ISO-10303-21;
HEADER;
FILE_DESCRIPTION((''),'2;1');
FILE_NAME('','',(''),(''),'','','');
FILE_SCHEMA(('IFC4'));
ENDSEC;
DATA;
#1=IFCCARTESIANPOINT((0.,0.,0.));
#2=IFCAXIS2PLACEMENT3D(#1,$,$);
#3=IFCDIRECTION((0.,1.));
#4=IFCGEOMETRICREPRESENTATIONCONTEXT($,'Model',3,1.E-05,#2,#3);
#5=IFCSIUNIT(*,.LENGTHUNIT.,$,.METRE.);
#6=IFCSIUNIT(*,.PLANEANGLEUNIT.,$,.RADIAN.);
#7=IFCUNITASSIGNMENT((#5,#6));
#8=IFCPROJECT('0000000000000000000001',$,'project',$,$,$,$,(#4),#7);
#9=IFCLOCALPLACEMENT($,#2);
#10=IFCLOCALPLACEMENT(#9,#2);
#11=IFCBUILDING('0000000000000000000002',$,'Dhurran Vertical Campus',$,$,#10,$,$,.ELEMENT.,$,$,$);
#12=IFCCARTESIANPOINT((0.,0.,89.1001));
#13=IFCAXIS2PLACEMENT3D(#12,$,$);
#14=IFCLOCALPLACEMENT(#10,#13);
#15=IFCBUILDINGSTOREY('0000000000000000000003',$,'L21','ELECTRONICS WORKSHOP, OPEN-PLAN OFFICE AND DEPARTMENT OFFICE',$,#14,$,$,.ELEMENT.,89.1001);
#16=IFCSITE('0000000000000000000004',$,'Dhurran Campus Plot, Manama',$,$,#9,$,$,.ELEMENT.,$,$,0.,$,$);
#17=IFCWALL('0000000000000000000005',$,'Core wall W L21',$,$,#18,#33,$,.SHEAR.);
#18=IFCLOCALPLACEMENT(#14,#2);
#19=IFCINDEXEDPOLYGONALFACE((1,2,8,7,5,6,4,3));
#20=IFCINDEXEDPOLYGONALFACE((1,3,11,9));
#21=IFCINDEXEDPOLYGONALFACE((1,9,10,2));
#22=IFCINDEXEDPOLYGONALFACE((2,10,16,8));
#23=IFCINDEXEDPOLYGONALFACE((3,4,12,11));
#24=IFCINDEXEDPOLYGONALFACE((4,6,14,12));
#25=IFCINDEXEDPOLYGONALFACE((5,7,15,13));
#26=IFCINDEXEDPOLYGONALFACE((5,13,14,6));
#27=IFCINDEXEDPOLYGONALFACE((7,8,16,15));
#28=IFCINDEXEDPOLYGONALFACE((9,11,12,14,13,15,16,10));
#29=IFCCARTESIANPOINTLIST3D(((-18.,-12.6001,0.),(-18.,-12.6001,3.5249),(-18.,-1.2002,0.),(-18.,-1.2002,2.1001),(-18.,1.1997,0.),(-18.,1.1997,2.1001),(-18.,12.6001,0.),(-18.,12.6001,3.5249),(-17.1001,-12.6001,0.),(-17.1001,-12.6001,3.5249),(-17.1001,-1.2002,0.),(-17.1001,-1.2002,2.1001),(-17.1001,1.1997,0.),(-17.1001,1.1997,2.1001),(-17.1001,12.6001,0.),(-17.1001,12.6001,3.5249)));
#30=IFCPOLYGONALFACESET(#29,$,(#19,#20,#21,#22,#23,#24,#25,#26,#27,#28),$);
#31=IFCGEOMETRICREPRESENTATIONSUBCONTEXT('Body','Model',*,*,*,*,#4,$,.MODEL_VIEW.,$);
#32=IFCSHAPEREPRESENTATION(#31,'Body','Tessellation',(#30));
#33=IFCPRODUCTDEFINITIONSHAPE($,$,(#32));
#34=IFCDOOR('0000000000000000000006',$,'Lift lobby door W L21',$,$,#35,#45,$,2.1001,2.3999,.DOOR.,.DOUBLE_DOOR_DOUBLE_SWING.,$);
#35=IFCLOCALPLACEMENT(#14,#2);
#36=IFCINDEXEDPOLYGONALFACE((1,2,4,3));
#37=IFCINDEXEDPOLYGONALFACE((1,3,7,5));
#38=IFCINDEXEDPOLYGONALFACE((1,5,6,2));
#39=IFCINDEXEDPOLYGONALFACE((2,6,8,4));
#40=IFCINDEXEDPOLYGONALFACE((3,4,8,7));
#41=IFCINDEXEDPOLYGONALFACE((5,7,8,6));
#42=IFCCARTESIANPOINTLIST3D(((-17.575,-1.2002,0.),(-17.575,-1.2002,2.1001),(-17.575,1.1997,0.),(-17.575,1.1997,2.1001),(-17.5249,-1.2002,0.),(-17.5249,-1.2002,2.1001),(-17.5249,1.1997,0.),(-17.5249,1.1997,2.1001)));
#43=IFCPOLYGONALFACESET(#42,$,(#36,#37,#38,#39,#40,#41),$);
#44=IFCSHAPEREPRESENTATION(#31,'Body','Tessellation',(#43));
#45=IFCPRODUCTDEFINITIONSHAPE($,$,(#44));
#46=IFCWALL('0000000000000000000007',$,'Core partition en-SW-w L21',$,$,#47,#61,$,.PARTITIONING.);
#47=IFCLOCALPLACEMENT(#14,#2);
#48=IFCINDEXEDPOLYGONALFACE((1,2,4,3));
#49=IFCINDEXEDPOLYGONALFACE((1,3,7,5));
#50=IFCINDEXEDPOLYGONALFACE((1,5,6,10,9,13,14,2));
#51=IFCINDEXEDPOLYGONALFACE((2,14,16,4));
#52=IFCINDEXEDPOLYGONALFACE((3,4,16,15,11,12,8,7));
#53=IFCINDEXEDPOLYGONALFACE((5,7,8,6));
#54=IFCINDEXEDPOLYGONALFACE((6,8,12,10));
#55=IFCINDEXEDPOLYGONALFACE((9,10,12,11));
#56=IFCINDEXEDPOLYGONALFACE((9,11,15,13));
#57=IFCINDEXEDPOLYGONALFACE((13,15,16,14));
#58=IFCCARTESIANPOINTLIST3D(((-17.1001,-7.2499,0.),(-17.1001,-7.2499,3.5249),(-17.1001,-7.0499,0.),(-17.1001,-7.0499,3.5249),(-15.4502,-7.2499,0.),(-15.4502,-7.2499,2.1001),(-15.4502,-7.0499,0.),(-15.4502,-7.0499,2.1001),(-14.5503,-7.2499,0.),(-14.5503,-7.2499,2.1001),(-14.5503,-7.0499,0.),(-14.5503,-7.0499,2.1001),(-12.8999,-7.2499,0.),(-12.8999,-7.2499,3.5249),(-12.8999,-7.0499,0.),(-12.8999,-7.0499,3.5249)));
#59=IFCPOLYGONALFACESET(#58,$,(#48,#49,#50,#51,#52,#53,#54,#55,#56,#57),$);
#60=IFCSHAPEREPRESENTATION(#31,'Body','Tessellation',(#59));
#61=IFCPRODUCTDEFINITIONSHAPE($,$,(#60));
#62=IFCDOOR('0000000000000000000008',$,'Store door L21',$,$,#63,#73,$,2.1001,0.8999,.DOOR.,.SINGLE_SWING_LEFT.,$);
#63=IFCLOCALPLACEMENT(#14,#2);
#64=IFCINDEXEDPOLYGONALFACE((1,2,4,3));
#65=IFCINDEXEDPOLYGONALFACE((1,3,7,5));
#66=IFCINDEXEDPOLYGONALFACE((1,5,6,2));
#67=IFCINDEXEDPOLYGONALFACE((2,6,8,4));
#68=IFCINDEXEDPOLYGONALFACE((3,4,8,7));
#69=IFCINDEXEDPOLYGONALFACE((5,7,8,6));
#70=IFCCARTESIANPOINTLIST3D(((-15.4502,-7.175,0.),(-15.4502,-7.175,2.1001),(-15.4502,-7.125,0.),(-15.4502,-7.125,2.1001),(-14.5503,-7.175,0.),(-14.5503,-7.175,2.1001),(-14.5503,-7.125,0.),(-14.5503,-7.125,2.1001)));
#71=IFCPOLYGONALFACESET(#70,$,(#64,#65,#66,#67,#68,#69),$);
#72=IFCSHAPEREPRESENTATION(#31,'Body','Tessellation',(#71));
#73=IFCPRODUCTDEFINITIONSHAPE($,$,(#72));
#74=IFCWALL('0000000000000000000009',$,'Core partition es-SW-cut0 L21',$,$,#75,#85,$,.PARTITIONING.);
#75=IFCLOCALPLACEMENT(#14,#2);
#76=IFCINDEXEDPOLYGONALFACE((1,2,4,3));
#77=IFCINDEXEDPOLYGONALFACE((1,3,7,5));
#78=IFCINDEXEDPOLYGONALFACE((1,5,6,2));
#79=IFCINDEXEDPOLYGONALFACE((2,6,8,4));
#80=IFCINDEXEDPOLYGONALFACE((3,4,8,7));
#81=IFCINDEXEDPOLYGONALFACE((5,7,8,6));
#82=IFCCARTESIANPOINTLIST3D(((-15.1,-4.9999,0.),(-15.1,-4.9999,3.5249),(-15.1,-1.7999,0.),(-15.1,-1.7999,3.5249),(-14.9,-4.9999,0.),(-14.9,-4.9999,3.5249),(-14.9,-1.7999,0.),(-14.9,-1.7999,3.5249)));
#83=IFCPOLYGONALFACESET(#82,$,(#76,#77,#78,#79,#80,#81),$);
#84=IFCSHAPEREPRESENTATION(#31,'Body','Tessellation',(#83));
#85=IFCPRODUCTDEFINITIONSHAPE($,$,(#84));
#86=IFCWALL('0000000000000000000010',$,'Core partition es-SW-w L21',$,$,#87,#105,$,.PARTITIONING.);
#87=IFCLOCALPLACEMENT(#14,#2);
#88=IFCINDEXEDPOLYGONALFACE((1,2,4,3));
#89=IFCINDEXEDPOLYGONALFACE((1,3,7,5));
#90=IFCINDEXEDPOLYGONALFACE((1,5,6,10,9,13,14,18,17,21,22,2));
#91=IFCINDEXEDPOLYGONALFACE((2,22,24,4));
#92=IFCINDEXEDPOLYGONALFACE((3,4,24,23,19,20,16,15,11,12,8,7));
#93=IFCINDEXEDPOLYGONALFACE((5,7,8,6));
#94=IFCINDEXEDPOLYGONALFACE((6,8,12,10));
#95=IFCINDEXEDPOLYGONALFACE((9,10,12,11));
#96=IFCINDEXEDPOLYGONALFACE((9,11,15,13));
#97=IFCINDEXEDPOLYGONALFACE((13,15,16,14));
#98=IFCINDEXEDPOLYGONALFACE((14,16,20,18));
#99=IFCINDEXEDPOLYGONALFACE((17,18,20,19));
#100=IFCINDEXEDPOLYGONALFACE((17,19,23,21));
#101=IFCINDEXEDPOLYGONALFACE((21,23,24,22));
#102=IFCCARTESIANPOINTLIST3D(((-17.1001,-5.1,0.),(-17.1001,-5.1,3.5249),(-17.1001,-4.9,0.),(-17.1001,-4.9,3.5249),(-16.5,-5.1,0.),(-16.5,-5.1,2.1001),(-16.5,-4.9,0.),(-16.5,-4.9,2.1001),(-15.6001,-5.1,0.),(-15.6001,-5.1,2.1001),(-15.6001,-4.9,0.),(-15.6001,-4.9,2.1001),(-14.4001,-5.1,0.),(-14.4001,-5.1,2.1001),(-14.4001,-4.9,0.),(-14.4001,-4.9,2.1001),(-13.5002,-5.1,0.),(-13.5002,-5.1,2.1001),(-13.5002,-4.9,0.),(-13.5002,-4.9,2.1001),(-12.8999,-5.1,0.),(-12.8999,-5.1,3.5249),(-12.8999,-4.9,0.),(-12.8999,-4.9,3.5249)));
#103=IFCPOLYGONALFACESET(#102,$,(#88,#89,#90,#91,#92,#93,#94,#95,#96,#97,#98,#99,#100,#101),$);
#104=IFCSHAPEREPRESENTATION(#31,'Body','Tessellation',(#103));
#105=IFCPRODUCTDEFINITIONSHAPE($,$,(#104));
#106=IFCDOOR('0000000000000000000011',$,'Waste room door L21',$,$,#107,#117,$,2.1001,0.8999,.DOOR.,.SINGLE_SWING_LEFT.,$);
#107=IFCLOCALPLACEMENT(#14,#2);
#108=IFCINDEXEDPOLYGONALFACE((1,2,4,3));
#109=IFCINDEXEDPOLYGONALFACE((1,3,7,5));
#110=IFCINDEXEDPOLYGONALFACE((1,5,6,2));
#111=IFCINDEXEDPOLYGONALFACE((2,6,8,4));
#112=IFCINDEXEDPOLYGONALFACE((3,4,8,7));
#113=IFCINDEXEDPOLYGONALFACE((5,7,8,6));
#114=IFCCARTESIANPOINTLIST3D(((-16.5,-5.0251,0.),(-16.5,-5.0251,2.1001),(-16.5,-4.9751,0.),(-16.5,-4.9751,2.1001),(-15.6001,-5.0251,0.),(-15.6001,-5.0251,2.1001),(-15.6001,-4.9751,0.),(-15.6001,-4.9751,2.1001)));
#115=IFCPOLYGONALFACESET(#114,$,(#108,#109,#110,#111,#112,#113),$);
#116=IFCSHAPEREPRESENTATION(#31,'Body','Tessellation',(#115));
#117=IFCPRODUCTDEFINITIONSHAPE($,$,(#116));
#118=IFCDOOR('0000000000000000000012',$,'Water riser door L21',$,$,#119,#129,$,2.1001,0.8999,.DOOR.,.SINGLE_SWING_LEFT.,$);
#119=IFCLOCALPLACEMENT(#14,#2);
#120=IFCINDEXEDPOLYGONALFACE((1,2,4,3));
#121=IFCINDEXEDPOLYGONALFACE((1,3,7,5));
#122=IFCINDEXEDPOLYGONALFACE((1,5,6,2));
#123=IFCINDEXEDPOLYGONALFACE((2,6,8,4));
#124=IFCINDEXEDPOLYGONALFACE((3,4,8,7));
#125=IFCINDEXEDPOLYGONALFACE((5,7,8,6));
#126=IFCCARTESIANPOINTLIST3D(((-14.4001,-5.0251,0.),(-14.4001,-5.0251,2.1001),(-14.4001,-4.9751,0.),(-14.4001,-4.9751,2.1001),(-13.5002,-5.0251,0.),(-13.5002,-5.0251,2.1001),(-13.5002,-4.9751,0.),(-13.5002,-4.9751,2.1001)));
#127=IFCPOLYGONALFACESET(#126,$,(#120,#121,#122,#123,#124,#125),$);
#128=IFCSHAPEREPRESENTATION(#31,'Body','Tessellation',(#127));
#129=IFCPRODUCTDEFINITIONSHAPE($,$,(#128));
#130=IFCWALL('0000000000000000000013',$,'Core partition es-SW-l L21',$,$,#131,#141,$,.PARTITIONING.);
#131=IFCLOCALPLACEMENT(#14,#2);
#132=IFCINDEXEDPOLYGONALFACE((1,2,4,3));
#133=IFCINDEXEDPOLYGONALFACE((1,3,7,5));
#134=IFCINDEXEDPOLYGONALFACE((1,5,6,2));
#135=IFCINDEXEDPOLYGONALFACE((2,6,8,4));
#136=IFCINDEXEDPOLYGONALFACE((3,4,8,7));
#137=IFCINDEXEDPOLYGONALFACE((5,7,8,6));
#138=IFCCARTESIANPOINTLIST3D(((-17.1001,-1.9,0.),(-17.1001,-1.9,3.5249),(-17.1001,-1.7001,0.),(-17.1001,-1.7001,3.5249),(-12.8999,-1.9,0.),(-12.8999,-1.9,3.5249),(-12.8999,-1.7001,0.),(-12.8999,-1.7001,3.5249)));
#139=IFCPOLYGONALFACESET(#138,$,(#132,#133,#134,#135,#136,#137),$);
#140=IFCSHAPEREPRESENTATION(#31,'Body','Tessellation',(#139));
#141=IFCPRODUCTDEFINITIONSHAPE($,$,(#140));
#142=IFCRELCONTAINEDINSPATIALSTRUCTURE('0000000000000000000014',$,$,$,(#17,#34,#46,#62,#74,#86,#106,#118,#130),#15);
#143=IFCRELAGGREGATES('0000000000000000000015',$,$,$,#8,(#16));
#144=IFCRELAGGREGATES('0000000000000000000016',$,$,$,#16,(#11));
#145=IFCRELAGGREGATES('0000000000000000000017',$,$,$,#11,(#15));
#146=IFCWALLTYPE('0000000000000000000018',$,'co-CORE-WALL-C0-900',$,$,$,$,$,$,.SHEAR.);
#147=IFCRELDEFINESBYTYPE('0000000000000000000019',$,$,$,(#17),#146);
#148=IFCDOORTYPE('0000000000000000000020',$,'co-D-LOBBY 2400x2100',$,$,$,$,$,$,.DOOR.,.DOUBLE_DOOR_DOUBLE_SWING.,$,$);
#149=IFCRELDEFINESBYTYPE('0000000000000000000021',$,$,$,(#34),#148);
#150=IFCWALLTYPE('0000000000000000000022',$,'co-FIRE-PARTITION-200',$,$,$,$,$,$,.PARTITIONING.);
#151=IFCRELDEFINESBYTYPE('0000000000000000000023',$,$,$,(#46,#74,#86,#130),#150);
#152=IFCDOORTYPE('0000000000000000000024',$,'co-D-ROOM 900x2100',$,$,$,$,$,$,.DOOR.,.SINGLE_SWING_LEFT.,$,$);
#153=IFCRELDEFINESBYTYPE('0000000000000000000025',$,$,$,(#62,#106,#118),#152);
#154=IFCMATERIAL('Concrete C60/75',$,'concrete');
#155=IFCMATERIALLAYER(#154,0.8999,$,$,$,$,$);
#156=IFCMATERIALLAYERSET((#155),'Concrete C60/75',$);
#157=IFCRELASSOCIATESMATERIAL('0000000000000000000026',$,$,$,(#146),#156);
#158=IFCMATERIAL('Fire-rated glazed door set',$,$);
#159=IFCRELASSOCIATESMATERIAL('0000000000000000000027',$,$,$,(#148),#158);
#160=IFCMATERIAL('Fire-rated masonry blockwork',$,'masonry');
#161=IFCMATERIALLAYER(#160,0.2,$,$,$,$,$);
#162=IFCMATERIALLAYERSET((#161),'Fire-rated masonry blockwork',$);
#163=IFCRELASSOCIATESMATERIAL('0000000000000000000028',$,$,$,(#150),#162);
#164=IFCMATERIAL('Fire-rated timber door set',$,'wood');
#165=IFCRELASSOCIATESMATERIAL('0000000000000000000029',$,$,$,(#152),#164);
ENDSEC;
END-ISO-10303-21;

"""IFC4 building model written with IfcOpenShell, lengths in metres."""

from ifc_helpers import new_model, si_unit, direction, frame, frame_2d, origin, place, context, subcontext, project, spatial, rectangle, extrude, material, layer, layer_set, type_object, element, fill, save


model = new_model("IFC4")

# Units and contexts
model_context = context("Model", 3, precision=1e-05, world=origin(), true_north=direction((0.0, 1.0)))
body_context = subcontext(model_context, "Body", "Model", "MODEL_VIEW")
ifc_project = project(units=[si_unit("LENGTHUNIT", "METRE"), si_unit("PLANEANGLEUNIT", "RADIAN")], contexts=[model_context])

# Site, building, storey
site_placement = place(None, origin())
site = spatial("IfcSite", under=ifc_project, at=site_placement, Name="Dhurran Campus Plot, Manama", CompositionType="ELEMENT", RefElevation=0.0)
building_placement = place(site_placement, origin())
building = spatial("IfcBuilding", under=site, at=building_placement, Name="Dhurran Vertical Campus", CompositionType="ELEMENT")
storey_placement = place(building_placement, frame((0.0, 0.0, 89.1001)))
storey = spatial("IfcBuildingStorey", under=building, at=storey_placement, Name="L21", Description="ELECTRONICS WORKSHOP, OPEN-PLAN OFFICE AND DEPARTMENT OFFICE", CompositionType="ELEMENT", Elevation=89.1001)

# Walls, openings, doors
ifc_material_1 = material(Name="Concrete C60/75", Category="concrete")
ifc_layer_1 = layer(ifc_material_1, 0.8999)
ifc_layer_set_1 = layer_set([ifc_layer_1], Name="Concrete C60/75")
wall_type_1 = type_object("IfcWallType", Name="co-CORE-WALL-C0-900", PredefinedType="SHEAR", material=ifc_layer_set_1)
wall_1_placement = place(storey_placement, frame((-17.55, -12.6001, 0.0), z_axis=(0.0, 0.0, 1.0), x_axis=(0.0, 1.0, 0.0)))
wall_1 = element("IfcWall", 1, at=wall_1_placement, inside=storey, type_object=wall_type_1, Name="Core wall W L21", PredefinedType="SHEAR", context=body_context, shape_type="SweptSolid", body=[
    extrude(rectangle(XDim=25.2002, YDim=0.8999, at=frame_2d((12.6001, 0.0))), origin(), (0.0, 0.0, 1.0), 3.5249),
])
opening_1_placement = place(wall_1_placement, frame((11.3999, 0.0, 0.0)))
opening_1 = element("IfcOpeningElement", 2, at=opening_1_placement, cuts=wall_1, PredefinedType="OPENING", context=body_context, shape_type="SweptSolid", body=[
    extrude(rectangle(XDim=2.3999, YDim=2.1001, at=frame_2d((1.2, 1.05))), frame((0.0, 0.46, 0.0), z_axis=(0.0, -1.0, 0.0), x_axis=(1.0, 0.0, 0.0)), (0.0, 0.0, 1.0), 0.9199),
])
ifc_material_2 = material(Name="Fire-rated glazed door set")
door_type_1 = type_object("IfcDoorType", Name="co-D-LOBBY 2400x2100", OperationType="DOUBLE_DOOR_DOUBLE_SWING", PredefinedType="DOOR", material=ifc_material_2)
door_1_placement = place(opening_1_placement, origin())
door_1 = element("IfcDoor", 3, at=door_1_placement, inside=storey, type_object=door_type_1, Name="Lift lobby door W L21", OperationType="DOUBLE_DOOR_DOUBLE_SWING", OverallHeight=2.1001, OverallWidth=2.3999, PredefinedType="DOOR", context=body_context, shape_type="SweptSolid", body=[
    extrude(rectangle(XDim=2.3999, YDim=2.1001, at=frame_2d((1.2, 1.05))), frame((0.0, 0.0249, 0.0), z_axis=(0.0, -1.0, 0.0), x_axis=(1.0, 0.0, 0.0)), (0.0, 0.0, 1.0), 0.05),
])
fill(opening_1, door_1)
ifc_material_3 = material(Name="Fire-rated masonry blockwork", Category="masonry")
ifc_layer_2 = layer(ifc_material_3, 0.2)
ifc_layer_set_2 = layer_set([ifc_layer_2], Name="Fire-rated masonry blockwork")
wall_type_2 = type_object("IfcWallType", Name="co-FIRE-PARTITION-200", PredefinedType="PARTITIONING", material=ifc_layer_set_2)
wall_2_placement = place(storey_placement, frame((-17.1001, -7.1499, 0.0), z_axis=(0.0, 0.0, 1.0), x_axis=(1.0, 0.0, 0.0)))
wall_2 = element("IfcWall", 4, at=wall_2_placement, inside=storey, type_object=wall_type_2, Name="Core partition en-SW-w L21", PredefinedType="PARTITIONING", context=body_context, shape_type="SweptSolid", body=[
    extrude(rectangle(XDim=4.2002, YDim=0.2, at=frame_2d((2.1001, 0.0))), origin(), (0.0, 0.0, 1.0), 3.5249),
])
opening_2_placement = place(wall_2_placement, frame((1.6499, 0.0, 0.0)))
opening_2 = element("IfcOpeningElement", 5, at=opening_2_placement, cuts=wall_2, PredefinedType="OPENING", context=body_context, shape_type="SweptSolid", body=[
    extrude(rectangle(XDim=0.8999, YDim=2.1001, at=frame_2d((0.45, 1.05))), frame((0.0, 0.1099, 0.0), z_axis=(0.0, -1.0, 0.0), x_axis=(1.0, 0.0, 0.0)), (0.0, 0.0, 1.0), 0.22),
])
ifc_material_4 = material(Name="Fire-rated timber door set", Category="wood")
door_type_2 = type_object("IfcDoorType", Name="co-D-ROOM 900x2100", OperationType="SINGLE_SWING_LEFT", PredefinedType="DOOR", material=ifc_material_4)
door_2_placement = place(opening_2_placement, origin())
door_2 = element("IfcDoor", 6, at=door_2_placement, inside=storey, type_object=door_type_2, Name="Store door L21", OperationType="SINGLE_SWING_LEFT", OverallHeight=2.1001, OverallWidth=0.8999, PredefinedType="DOOR", context=body_context, shape_type="SweptSolid", body=[
    extrude(rectangle(XDim=0.8999, YDim=2.1001, at=frame_2d((0.45, 1.05))), frame((0.0, 0.0249, 0.0), z_axis=(0.0, -1.0, 0.0), x_axis=(1.0, 0.0, 0.0)), (0.0, 0.0, 1.0), 0.05),
])
fill(opening_2, door_2)

# Wall
wall_3_placement = place(storey_placement, frame((-15.0, -5.0, 0.0), z_axis=(0.0, 0.0, 1.0), x_axis=(0.0, 1.0, 0.0)))
element("IfcWall", 7, at=wall_3_placement, inside=storey, type_object=wall_type_2, Name="Core partition es-SW-cut0 L21", PredefinedType="PARTITIONING", context=body_context, shape_type="SweptSolid", body=[
    extrude(rectangle(XDim=3.2, YDim=0.2, at=frame_2d((1.6001, 0.0))), origin(), (0.0, 0.0, 1.0), 3.5249),
])

# Wall, openings, doors
wall_4_placement = place(storey_placement, frame((-17.1001, -5.0, 0.0), z_axis=(0.0, 0.0, 1.0), x_axis=(1.0, 0.0, 0.0)))
wall_4 = element("IfcWall", 8, at=wall_4_placement, inside=storey, type_object=wall_type_2, Name="Core partition es-SW-w L21", PredefinedType="PARTITIONING", context=body_context, shape_type="SweptSolid", body=[
    extrude(rectangle(XDim=4.2002, YDim=0.2, at=frame_2d((2.1001, 0.0))), origin(), (0.0, 0.0, 1.0), 3.5249),
])
opening_3_placement = place(wall_4_placement, frame((0.6001, 0.0, 0.0)))
opening_3 = element("IfcOpeningElement", 9, at=opening_3_placement, cuts=wall_4, PredefinedType="OPENING", context=body_context, shape_type="SweptSolid", body=[
    extrude(rectangle(XDim=0.8999, YDim=2.1001, at=frame_2d((0.45, 1.05))), frame((0.0, 0.1099, 0.0), z_axis=(0.0, -1.0, 0.0), x_axis=(1.0, 0.0, 0.0)), (0.0, 0.0, 1.0), 0.22),
])
opening_4_placement = place(wall_4_placement, frame((2.7, 0.0, 0.0)))
opening_4 = element("IfcOpeningElement", 10, at=opening_4_placement, cuts=wall_4, PredefinedType="OPENING", context=body_context, shape_type="SweptSolid", body=[
    extrude(rectangle(XDim=0.8999, YDim=2.1001, at=frame_2d((0.45, 1.05))), frame((0.0, 0.1099, 0.0), z_axis=(0.0, -1.0, 0.0), x_axis=(1.0, 0.0, 0.0)), (0.0, 0.0, 1.0), 0.22),
])
door_3_placement = place(opening_3_placement, origin())
door_3 = element("IfcDoor", 11, at=door_3_placement, inside=storey, type_object=door_type_2, Name="Waste room door L21", OperationType="SINGLE_SWING_LEFT", OverallHeight=2.1001, OverallWidth=0.8999, PredefinedType="DOOR", context=body_context, shape_type="SweptSolid", body=[
    extrude(rectangle(XDim=0.8999, YDim=2.1001, at=frame_2d((0.45, 1.05))), frame((0.0, 0.0249, 0.0), z_axis=(0.0, -1.0, 0.0), x_axis=(1.0, 0.0, 0.0)), (0.0, 0.0, 1.0), 0.05),
])
fill(opening_3, door_3)
door_4_placement = place(opening_4_placement, origin())
door_4 = element("IfcDoor", 12, at=door_4_placement, inside=storey, type_object=door_type_2, Name="Water riser door L21", OperationType="SINGLE_SWING_LEFT", OverallHeight=2.1001, OverallWidth=0.8999, PredefinedType="DOOR", context=body_context, shape_type="SweptSolid", body=[
    extrude(rectangle(XDim=0.8999, YDim=2.1001, at=frame_2d((0.45, 1.05))), frame((0.0, 0.0249, 0.0), z_axis=(0.0, -1.0, 0.0), x_axis=(1.0, 0.0, 0.0)), (0.0, 0.0, 1.0), 0.05),
])
fill(opening_4, door_4)

# Wall
wall_5_placement = place(storey_placement, frame((-17.1001, -1.8, 0.0), z_axis=(0.0, 0.0, 1.0), x_axis=(1.0, 0.0, 0.0)))
element("IfcWall", 13, at=wall_5_placement, inside=storey, type_object=wall_type_2, Name="Core partition es-SW-l L21", PredefinedType="PARTITIONING", context=body_context, shape_type="SweptSolid", body=[
    extrude(rectangle(XDim=4.2002, YDim=0.2, at=frame_2d((2.1001, 0.0))), origin(), (0.0, 0.0, 1.0), 3.5249),
])

save(model, "model.ifc")
